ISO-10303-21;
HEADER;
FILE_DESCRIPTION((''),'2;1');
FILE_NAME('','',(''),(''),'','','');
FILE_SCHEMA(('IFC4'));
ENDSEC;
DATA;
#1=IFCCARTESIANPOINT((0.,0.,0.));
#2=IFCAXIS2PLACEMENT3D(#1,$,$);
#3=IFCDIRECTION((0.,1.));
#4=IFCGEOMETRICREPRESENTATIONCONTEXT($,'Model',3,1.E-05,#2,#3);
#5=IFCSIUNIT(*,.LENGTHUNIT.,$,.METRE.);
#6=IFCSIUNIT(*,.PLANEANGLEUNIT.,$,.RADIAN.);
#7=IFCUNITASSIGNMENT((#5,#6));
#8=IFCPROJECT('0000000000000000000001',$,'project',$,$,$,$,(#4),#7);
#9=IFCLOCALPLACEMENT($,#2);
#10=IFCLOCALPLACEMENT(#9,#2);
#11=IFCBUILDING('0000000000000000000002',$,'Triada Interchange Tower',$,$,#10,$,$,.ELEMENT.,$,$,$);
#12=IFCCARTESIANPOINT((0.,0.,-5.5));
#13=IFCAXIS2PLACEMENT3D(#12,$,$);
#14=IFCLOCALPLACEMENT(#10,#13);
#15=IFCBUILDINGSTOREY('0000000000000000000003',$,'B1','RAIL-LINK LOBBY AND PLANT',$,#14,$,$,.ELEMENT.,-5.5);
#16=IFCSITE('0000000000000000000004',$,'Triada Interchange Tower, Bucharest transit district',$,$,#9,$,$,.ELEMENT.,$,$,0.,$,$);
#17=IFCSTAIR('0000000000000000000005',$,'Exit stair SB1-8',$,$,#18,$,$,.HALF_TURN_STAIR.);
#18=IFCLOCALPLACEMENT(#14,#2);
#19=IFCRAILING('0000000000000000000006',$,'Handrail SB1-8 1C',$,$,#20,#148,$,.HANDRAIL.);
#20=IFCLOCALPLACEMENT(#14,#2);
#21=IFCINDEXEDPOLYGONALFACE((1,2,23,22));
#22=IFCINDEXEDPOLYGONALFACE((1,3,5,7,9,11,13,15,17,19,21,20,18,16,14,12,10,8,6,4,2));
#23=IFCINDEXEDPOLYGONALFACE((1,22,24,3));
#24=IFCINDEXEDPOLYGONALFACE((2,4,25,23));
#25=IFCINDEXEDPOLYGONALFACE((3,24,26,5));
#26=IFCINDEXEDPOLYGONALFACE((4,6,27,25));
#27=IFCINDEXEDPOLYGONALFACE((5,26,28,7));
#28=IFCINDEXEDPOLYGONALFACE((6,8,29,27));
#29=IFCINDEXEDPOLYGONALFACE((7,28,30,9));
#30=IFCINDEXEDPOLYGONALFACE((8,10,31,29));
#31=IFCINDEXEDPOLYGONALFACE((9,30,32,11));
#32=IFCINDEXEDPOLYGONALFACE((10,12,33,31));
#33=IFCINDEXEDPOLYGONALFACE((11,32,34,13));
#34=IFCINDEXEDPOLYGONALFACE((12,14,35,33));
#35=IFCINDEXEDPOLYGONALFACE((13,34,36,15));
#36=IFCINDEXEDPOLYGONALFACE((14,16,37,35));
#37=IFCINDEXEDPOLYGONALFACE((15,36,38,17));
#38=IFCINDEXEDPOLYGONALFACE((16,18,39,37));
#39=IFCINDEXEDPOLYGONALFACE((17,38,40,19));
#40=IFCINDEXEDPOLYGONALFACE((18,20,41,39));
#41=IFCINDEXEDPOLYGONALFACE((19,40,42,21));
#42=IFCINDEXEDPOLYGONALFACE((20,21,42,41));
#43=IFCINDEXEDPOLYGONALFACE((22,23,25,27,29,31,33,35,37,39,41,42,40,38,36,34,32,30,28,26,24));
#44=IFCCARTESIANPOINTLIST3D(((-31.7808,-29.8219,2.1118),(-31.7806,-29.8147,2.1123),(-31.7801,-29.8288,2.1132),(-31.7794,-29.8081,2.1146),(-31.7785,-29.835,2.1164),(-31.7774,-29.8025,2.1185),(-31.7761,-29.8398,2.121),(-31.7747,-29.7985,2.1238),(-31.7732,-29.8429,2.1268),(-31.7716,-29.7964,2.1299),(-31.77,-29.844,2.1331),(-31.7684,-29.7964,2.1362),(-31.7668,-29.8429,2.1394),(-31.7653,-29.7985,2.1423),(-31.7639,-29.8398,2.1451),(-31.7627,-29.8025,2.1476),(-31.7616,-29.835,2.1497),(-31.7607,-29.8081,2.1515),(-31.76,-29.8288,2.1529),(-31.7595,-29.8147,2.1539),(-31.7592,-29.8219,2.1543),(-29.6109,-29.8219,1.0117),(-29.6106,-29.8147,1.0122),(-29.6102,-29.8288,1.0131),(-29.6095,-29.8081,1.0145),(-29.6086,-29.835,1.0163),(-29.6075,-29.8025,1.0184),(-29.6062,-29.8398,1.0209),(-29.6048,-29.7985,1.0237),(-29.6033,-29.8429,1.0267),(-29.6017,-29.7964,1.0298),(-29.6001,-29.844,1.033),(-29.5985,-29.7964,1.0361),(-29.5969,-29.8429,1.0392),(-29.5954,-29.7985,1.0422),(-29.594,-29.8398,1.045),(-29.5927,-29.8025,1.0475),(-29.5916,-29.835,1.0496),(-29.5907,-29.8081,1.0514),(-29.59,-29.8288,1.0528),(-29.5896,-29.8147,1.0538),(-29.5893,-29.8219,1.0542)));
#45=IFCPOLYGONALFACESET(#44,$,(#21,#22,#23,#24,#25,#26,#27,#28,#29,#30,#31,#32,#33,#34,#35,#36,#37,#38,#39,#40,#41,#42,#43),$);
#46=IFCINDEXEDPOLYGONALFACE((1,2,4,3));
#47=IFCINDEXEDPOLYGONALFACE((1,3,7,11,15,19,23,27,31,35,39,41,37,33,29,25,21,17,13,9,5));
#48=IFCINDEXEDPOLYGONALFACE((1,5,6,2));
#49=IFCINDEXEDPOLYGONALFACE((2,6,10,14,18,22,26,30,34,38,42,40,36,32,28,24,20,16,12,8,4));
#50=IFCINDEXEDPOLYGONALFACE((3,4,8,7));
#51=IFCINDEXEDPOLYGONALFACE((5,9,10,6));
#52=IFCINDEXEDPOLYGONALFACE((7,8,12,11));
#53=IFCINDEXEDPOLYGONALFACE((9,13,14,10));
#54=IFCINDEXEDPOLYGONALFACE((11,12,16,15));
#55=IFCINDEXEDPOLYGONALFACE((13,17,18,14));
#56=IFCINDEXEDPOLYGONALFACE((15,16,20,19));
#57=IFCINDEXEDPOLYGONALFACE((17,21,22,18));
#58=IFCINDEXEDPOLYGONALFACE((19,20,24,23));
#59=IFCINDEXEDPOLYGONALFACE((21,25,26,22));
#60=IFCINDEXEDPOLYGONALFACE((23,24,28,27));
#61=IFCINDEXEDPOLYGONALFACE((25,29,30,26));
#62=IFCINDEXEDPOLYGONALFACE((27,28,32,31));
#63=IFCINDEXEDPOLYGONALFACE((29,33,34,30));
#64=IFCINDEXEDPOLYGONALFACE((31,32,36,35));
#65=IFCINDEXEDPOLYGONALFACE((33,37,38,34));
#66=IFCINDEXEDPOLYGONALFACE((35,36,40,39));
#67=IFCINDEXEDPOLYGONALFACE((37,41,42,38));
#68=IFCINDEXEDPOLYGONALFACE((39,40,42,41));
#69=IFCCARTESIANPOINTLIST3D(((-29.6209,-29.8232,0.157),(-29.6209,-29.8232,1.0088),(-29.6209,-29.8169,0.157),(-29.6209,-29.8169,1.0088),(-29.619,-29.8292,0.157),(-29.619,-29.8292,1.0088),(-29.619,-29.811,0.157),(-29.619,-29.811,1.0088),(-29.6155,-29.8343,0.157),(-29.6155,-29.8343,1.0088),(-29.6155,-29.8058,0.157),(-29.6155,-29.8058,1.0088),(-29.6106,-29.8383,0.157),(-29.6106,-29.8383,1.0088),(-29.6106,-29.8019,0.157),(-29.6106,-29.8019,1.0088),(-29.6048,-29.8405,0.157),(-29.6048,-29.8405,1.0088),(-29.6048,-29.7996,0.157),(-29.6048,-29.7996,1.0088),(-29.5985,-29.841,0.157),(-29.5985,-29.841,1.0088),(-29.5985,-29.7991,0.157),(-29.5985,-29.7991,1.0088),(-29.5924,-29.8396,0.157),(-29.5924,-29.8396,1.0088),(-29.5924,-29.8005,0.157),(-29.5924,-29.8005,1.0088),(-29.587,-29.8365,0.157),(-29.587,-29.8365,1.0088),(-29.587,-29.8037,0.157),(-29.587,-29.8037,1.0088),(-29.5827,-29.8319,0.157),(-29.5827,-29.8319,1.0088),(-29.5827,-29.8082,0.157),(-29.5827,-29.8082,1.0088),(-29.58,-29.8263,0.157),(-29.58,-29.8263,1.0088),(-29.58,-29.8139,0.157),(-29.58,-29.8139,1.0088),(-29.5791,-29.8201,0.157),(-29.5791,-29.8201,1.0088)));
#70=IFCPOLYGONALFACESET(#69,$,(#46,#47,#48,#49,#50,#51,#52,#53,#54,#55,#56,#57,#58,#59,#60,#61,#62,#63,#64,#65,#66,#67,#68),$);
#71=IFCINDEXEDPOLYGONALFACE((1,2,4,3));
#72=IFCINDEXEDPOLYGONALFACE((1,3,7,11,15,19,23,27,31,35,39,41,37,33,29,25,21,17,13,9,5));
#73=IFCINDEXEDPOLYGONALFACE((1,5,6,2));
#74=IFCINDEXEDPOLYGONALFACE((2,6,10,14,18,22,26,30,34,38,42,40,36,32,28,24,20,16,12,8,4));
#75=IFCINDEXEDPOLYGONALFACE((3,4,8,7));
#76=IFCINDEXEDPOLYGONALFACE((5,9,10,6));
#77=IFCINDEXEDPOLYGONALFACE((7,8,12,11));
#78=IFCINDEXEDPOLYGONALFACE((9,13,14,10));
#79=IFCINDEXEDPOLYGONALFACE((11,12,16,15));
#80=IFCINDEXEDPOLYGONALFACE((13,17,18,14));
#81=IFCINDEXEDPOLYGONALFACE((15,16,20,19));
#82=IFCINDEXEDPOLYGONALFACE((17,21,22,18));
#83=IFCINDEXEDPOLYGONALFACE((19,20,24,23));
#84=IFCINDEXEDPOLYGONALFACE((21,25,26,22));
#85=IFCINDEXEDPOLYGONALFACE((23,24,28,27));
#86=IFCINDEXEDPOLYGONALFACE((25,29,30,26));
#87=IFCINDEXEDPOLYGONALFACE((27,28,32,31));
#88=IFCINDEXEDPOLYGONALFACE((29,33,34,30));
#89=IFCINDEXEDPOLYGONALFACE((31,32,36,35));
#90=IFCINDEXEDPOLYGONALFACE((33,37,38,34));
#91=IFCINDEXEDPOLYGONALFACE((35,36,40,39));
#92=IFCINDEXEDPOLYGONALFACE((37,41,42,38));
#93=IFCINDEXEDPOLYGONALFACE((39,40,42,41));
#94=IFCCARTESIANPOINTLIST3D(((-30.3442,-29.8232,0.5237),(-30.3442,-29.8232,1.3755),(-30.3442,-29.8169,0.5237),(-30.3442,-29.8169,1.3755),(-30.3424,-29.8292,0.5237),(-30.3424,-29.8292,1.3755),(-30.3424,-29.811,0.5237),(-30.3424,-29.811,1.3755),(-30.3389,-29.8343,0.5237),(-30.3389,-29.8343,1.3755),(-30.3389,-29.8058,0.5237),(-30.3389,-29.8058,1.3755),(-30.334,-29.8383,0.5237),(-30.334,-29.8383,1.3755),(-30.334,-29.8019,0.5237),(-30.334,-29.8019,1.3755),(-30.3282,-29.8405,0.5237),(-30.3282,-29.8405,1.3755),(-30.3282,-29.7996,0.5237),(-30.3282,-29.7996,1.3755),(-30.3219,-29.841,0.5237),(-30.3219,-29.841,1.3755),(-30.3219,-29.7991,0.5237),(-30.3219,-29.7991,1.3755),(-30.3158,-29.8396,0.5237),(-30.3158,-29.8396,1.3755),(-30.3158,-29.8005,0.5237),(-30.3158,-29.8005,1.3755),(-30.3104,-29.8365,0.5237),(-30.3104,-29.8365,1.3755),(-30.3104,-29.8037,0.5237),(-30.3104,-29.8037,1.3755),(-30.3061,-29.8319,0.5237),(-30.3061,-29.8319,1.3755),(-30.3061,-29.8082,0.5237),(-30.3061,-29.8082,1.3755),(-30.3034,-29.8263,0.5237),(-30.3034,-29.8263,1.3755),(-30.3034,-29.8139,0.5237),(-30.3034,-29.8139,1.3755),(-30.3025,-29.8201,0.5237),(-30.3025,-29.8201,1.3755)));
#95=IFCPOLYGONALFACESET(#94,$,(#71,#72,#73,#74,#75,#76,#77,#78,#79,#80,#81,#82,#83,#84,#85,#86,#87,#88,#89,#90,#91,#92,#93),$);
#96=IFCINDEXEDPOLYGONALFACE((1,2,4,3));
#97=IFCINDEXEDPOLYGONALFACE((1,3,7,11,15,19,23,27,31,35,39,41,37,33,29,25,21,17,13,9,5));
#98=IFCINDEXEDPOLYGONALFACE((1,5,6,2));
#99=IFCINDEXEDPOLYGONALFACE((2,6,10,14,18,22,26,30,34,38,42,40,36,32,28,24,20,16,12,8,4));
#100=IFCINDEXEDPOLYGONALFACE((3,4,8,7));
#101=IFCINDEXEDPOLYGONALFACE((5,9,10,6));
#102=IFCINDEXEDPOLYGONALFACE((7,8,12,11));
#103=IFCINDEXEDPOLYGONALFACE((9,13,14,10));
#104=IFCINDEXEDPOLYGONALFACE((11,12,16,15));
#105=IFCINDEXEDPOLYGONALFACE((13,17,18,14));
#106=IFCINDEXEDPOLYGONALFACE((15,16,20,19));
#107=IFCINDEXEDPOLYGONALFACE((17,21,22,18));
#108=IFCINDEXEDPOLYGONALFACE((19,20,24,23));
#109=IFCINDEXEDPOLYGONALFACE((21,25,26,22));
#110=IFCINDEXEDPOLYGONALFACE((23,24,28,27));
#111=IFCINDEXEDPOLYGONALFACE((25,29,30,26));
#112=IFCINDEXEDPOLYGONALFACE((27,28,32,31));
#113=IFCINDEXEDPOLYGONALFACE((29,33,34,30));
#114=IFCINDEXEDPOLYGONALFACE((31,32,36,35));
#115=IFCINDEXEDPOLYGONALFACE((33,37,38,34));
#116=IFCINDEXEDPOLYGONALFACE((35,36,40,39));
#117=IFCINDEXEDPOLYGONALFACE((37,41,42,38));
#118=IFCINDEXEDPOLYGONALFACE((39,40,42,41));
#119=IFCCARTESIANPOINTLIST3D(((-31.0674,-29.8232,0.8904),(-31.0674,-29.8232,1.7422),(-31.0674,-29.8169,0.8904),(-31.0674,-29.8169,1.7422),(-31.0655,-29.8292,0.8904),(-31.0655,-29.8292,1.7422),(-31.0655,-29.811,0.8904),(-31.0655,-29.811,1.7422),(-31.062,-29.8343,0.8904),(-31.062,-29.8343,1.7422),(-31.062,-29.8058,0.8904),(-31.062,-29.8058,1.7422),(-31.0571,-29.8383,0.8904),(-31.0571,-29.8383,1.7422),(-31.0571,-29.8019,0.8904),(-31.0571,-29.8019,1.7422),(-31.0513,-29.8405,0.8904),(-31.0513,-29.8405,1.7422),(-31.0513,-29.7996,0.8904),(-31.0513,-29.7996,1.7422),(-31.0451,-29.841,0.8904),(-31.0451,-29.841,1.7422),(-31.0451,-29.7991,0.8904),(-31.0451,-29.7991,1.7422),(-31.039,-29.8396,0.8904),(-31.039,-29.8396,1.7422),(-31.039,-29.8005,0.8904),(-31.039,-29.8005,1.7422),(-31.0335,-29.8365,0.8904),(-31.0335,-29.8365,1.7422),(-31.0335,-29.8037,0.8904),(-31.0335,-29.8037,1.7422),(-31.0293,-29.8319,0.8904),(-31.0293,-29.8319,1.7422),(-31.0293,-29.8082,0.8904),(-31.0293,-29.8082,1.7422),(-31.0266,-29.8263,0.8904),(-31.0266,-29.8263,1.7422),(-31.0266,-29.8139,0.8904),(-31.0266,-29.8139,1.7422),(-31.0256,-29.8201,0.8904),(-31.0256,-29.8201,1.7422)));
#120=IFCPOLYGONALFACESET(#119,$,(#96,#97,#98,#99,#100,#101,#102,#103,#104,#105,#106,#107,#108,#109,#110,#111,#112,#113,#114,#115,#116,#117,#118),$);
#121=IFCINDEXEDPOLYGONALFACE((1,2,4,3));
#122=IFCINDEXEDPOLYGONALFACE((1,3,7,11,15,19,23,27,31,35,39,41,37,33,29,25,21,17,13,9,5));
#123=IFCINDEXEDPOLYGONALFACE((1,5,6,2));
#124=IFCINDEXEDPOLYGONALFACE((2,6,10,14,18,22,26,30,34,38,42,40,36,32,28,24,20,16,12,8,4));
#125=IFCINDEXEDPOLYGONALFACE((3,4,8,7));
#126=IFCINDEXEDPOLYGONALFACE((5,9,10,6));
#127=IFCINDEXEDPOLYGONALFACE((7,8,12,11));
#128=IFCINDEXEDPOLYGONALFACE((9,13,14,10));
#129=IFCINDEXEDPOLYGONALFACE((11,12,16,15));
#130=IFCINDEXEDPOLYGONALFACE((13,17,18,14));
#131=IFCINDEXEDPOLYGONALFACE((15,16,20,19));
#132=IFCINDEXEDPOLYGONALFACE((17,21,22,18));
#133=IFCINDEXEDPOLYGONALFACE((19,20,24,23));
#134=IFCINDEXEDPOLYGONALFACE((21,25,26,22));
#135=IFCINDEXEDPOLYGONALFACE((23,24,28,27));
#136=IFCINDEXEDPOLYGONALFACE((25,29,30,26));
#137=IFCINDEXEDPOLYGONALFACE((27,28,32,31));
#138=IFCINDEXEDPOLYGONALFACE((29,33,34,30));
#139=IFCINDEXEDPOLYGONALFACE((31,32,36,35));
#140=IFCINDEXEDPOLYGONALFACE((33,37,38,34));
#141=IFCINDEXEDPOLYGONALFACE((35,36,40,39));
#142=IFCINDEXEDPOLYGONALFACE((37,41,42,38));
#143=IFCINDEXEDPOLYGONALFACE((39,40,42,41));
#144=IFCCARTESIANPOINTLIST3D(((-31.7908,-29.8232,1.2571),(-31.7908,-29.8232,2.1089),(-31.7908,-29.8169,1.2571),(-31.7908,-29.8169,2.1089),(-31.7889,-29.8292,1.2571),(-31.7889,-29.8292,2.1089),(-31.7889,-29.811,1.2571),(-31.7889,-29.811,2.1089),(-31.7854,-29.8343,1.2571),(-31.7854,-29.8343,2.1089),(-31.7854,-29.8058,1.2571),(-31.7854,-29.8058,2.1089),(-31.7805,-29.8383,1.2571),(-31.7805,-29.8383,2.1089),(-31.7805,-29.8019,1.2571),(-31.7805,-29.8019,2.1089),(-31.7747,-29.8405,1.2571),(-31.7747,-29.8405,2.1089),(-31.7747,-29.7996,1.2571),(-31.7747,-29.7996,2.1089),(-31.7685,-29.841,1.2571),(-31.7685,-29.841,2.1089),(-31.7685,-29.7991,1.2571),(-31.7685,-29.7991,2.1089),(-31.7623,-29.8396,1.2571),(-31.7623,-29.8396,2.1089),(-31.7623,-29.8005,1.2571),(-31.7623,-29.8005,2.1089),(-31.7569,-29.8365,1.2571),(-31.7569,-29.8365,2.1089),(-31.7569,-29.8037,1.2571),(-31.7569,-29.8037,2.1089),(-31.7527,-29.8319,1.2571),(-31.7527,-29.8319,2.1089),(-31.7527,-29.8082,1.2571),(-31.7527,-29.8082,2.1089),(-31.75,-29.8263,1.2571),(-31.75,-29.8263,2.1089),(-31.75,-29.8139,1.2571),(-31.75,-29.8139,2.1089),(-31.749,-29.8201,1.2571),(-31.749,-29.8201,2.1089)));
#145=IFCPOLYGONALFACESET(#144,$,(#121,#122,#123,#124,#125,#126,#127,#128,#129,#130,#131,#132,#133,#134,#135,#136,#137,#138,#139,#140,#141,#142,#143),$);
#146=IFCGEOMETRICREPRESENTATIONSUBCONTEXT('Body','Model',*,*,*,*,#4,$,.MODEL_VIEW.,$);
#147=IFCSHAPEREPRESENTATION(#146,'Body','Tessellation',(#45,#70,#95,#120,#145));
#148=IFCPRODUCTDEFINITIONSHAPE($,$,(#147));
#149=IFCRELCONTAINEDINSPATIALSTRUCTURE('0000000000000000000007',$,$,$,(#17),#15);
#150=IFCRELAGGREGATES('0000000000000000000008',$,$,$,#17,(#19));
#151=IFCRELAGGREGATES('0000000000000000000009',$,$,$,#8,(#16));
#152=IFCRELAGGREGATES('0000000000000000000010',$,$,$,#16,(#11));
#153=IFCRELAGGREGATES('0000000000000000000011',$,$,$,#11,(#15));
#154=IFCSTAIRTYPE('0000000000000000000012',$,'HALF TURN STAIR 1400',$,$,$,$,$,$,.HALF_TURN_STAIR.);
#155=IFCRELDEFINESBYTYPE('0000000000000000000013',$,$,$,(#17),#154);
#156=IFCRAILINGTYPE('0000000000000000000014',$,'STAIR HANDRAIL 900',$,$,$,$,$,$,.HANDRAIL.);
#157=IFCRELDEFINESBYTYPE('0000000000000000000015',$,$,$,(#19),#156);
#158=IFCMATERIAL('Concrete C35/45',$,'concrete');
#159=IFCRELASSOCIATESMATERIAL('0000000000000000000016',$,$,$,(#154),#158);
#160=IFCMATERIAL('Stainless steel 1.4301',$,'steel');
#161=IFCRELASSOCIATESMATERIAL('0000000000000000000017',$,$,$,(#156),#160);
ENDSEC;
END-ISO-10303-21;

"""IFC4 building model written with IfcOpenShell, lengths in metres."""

from ifc_helpers import new_model, si_unit, direction, frame, origin, origin_2d, place, context, subcontext, project, spatial, circle, extrude, material, type_object, element, aggregate, save


model = new_model("IFC4")

# Units and contexts
model_context = context("Model", 3, precision=1e-05, world=origin(), true_north=direction((0.0, 1.0)))
body_context = subcontext(model_context, "Body", "Model", "MODEL_VIEW")
ifc_project = project(units=[si_unit("LENGTHUNIT", "METRE"), si_unit("PLANEANGLEUNIT", "RADIAN")], contexts=[model_context])

# Site, building, storey
site_placement = place(None, origin())
site = spatial("IfcSite", under=ifc_project, at=site_placement, Name="Triada Interchange Tower, Bucharest transit district", CompositionType="ELEMENT", RefElevation=0.0)
building_placement = place(site_placement, origin())
building = spatial("IfcBuilding", under=site, at=building_placement, Name="Triada Interchange Tower", CompositionType="ELEMENT")
storey_placement = place(building_placement, frame((0.0, 0.0, -5.5)))
storey = spatial("IfcBuildingStorey", under=building, at=storey_placement, Name="B1", Description="RAIL-LINK LOBBY AND PLANT", CompositionType="ELEMENT", Elevation=-5.5)

# Shared definitions
ifc_material_1 = material(Name="Concrete C35/45", Category="concrete")

# Stair, railing
stair_type = type_object("IfcStairType", Name="HALF TURN STAIR 1400", PredefinedType="HALF_TURN_STAIR", material=ifc_material_1)
stair_placement = place(storey_placement, origin())
stair = element("IfcStair", 1, at=stair_placement, inside=storey, type_object=stair_type, Name="Exit stair SB1-8", PredefinedType="HALF_TURN_STAIR")
ifc_material_2 = material(Name="Stainless steel 1.4301", Category="steel")
railing_type_1 = type_object("IfcRailingType", Name="STAIR HANDRAIL 900", PredefinedType="HANDRAIL", material=ifc_material_2)
railing_1_placement = place(storey_placement, frame((-29.6001, -29.8201, 0.157)))
railing_1 = element("IfcRailing", 2, at=railing_1_placement, type_object=railing_type_1, Name="Handrail SB1-8 1C", PredefinedType="HANDRAIL", context=body_context, shape_type="SweptSolid", body=[
    extrude(circle(Radius=0.0239, at=origin_2d()), frame((0.0, 0.0, 0.876), z_axis=(-0.891925, 0.0, 0.452184), x_axis=(0.0, -1.0, 0.0)), (0.0, 0.0, 1.0), 2.4329),
    extrude(circle(Radius=0.021, at=origin_2d()), origin(), (0.0, 0.0, 1.0), 0.8518),
    extrude(circle(Radius=0.021, at=origin_2d()), frame((-0.7234, 0.0, 0.3667)), (0.0, 0.0, 1.0), 0.8518),
    extrude(circle(Radius=0.021, at=origin_2d()), frame((-1.4465, 0.0, 0.7334)), (0.0, 0.0, 1.0), 0.8518),
    extrude(circle(Radius=0.021, at=origin_2d()), frame((-2.1699, 0.0, 1.1001)), (0.0, 0.0, 1.0), 0.8518),
])
aggregate(stair, [railing_1])

save(model, "model.ifc")
